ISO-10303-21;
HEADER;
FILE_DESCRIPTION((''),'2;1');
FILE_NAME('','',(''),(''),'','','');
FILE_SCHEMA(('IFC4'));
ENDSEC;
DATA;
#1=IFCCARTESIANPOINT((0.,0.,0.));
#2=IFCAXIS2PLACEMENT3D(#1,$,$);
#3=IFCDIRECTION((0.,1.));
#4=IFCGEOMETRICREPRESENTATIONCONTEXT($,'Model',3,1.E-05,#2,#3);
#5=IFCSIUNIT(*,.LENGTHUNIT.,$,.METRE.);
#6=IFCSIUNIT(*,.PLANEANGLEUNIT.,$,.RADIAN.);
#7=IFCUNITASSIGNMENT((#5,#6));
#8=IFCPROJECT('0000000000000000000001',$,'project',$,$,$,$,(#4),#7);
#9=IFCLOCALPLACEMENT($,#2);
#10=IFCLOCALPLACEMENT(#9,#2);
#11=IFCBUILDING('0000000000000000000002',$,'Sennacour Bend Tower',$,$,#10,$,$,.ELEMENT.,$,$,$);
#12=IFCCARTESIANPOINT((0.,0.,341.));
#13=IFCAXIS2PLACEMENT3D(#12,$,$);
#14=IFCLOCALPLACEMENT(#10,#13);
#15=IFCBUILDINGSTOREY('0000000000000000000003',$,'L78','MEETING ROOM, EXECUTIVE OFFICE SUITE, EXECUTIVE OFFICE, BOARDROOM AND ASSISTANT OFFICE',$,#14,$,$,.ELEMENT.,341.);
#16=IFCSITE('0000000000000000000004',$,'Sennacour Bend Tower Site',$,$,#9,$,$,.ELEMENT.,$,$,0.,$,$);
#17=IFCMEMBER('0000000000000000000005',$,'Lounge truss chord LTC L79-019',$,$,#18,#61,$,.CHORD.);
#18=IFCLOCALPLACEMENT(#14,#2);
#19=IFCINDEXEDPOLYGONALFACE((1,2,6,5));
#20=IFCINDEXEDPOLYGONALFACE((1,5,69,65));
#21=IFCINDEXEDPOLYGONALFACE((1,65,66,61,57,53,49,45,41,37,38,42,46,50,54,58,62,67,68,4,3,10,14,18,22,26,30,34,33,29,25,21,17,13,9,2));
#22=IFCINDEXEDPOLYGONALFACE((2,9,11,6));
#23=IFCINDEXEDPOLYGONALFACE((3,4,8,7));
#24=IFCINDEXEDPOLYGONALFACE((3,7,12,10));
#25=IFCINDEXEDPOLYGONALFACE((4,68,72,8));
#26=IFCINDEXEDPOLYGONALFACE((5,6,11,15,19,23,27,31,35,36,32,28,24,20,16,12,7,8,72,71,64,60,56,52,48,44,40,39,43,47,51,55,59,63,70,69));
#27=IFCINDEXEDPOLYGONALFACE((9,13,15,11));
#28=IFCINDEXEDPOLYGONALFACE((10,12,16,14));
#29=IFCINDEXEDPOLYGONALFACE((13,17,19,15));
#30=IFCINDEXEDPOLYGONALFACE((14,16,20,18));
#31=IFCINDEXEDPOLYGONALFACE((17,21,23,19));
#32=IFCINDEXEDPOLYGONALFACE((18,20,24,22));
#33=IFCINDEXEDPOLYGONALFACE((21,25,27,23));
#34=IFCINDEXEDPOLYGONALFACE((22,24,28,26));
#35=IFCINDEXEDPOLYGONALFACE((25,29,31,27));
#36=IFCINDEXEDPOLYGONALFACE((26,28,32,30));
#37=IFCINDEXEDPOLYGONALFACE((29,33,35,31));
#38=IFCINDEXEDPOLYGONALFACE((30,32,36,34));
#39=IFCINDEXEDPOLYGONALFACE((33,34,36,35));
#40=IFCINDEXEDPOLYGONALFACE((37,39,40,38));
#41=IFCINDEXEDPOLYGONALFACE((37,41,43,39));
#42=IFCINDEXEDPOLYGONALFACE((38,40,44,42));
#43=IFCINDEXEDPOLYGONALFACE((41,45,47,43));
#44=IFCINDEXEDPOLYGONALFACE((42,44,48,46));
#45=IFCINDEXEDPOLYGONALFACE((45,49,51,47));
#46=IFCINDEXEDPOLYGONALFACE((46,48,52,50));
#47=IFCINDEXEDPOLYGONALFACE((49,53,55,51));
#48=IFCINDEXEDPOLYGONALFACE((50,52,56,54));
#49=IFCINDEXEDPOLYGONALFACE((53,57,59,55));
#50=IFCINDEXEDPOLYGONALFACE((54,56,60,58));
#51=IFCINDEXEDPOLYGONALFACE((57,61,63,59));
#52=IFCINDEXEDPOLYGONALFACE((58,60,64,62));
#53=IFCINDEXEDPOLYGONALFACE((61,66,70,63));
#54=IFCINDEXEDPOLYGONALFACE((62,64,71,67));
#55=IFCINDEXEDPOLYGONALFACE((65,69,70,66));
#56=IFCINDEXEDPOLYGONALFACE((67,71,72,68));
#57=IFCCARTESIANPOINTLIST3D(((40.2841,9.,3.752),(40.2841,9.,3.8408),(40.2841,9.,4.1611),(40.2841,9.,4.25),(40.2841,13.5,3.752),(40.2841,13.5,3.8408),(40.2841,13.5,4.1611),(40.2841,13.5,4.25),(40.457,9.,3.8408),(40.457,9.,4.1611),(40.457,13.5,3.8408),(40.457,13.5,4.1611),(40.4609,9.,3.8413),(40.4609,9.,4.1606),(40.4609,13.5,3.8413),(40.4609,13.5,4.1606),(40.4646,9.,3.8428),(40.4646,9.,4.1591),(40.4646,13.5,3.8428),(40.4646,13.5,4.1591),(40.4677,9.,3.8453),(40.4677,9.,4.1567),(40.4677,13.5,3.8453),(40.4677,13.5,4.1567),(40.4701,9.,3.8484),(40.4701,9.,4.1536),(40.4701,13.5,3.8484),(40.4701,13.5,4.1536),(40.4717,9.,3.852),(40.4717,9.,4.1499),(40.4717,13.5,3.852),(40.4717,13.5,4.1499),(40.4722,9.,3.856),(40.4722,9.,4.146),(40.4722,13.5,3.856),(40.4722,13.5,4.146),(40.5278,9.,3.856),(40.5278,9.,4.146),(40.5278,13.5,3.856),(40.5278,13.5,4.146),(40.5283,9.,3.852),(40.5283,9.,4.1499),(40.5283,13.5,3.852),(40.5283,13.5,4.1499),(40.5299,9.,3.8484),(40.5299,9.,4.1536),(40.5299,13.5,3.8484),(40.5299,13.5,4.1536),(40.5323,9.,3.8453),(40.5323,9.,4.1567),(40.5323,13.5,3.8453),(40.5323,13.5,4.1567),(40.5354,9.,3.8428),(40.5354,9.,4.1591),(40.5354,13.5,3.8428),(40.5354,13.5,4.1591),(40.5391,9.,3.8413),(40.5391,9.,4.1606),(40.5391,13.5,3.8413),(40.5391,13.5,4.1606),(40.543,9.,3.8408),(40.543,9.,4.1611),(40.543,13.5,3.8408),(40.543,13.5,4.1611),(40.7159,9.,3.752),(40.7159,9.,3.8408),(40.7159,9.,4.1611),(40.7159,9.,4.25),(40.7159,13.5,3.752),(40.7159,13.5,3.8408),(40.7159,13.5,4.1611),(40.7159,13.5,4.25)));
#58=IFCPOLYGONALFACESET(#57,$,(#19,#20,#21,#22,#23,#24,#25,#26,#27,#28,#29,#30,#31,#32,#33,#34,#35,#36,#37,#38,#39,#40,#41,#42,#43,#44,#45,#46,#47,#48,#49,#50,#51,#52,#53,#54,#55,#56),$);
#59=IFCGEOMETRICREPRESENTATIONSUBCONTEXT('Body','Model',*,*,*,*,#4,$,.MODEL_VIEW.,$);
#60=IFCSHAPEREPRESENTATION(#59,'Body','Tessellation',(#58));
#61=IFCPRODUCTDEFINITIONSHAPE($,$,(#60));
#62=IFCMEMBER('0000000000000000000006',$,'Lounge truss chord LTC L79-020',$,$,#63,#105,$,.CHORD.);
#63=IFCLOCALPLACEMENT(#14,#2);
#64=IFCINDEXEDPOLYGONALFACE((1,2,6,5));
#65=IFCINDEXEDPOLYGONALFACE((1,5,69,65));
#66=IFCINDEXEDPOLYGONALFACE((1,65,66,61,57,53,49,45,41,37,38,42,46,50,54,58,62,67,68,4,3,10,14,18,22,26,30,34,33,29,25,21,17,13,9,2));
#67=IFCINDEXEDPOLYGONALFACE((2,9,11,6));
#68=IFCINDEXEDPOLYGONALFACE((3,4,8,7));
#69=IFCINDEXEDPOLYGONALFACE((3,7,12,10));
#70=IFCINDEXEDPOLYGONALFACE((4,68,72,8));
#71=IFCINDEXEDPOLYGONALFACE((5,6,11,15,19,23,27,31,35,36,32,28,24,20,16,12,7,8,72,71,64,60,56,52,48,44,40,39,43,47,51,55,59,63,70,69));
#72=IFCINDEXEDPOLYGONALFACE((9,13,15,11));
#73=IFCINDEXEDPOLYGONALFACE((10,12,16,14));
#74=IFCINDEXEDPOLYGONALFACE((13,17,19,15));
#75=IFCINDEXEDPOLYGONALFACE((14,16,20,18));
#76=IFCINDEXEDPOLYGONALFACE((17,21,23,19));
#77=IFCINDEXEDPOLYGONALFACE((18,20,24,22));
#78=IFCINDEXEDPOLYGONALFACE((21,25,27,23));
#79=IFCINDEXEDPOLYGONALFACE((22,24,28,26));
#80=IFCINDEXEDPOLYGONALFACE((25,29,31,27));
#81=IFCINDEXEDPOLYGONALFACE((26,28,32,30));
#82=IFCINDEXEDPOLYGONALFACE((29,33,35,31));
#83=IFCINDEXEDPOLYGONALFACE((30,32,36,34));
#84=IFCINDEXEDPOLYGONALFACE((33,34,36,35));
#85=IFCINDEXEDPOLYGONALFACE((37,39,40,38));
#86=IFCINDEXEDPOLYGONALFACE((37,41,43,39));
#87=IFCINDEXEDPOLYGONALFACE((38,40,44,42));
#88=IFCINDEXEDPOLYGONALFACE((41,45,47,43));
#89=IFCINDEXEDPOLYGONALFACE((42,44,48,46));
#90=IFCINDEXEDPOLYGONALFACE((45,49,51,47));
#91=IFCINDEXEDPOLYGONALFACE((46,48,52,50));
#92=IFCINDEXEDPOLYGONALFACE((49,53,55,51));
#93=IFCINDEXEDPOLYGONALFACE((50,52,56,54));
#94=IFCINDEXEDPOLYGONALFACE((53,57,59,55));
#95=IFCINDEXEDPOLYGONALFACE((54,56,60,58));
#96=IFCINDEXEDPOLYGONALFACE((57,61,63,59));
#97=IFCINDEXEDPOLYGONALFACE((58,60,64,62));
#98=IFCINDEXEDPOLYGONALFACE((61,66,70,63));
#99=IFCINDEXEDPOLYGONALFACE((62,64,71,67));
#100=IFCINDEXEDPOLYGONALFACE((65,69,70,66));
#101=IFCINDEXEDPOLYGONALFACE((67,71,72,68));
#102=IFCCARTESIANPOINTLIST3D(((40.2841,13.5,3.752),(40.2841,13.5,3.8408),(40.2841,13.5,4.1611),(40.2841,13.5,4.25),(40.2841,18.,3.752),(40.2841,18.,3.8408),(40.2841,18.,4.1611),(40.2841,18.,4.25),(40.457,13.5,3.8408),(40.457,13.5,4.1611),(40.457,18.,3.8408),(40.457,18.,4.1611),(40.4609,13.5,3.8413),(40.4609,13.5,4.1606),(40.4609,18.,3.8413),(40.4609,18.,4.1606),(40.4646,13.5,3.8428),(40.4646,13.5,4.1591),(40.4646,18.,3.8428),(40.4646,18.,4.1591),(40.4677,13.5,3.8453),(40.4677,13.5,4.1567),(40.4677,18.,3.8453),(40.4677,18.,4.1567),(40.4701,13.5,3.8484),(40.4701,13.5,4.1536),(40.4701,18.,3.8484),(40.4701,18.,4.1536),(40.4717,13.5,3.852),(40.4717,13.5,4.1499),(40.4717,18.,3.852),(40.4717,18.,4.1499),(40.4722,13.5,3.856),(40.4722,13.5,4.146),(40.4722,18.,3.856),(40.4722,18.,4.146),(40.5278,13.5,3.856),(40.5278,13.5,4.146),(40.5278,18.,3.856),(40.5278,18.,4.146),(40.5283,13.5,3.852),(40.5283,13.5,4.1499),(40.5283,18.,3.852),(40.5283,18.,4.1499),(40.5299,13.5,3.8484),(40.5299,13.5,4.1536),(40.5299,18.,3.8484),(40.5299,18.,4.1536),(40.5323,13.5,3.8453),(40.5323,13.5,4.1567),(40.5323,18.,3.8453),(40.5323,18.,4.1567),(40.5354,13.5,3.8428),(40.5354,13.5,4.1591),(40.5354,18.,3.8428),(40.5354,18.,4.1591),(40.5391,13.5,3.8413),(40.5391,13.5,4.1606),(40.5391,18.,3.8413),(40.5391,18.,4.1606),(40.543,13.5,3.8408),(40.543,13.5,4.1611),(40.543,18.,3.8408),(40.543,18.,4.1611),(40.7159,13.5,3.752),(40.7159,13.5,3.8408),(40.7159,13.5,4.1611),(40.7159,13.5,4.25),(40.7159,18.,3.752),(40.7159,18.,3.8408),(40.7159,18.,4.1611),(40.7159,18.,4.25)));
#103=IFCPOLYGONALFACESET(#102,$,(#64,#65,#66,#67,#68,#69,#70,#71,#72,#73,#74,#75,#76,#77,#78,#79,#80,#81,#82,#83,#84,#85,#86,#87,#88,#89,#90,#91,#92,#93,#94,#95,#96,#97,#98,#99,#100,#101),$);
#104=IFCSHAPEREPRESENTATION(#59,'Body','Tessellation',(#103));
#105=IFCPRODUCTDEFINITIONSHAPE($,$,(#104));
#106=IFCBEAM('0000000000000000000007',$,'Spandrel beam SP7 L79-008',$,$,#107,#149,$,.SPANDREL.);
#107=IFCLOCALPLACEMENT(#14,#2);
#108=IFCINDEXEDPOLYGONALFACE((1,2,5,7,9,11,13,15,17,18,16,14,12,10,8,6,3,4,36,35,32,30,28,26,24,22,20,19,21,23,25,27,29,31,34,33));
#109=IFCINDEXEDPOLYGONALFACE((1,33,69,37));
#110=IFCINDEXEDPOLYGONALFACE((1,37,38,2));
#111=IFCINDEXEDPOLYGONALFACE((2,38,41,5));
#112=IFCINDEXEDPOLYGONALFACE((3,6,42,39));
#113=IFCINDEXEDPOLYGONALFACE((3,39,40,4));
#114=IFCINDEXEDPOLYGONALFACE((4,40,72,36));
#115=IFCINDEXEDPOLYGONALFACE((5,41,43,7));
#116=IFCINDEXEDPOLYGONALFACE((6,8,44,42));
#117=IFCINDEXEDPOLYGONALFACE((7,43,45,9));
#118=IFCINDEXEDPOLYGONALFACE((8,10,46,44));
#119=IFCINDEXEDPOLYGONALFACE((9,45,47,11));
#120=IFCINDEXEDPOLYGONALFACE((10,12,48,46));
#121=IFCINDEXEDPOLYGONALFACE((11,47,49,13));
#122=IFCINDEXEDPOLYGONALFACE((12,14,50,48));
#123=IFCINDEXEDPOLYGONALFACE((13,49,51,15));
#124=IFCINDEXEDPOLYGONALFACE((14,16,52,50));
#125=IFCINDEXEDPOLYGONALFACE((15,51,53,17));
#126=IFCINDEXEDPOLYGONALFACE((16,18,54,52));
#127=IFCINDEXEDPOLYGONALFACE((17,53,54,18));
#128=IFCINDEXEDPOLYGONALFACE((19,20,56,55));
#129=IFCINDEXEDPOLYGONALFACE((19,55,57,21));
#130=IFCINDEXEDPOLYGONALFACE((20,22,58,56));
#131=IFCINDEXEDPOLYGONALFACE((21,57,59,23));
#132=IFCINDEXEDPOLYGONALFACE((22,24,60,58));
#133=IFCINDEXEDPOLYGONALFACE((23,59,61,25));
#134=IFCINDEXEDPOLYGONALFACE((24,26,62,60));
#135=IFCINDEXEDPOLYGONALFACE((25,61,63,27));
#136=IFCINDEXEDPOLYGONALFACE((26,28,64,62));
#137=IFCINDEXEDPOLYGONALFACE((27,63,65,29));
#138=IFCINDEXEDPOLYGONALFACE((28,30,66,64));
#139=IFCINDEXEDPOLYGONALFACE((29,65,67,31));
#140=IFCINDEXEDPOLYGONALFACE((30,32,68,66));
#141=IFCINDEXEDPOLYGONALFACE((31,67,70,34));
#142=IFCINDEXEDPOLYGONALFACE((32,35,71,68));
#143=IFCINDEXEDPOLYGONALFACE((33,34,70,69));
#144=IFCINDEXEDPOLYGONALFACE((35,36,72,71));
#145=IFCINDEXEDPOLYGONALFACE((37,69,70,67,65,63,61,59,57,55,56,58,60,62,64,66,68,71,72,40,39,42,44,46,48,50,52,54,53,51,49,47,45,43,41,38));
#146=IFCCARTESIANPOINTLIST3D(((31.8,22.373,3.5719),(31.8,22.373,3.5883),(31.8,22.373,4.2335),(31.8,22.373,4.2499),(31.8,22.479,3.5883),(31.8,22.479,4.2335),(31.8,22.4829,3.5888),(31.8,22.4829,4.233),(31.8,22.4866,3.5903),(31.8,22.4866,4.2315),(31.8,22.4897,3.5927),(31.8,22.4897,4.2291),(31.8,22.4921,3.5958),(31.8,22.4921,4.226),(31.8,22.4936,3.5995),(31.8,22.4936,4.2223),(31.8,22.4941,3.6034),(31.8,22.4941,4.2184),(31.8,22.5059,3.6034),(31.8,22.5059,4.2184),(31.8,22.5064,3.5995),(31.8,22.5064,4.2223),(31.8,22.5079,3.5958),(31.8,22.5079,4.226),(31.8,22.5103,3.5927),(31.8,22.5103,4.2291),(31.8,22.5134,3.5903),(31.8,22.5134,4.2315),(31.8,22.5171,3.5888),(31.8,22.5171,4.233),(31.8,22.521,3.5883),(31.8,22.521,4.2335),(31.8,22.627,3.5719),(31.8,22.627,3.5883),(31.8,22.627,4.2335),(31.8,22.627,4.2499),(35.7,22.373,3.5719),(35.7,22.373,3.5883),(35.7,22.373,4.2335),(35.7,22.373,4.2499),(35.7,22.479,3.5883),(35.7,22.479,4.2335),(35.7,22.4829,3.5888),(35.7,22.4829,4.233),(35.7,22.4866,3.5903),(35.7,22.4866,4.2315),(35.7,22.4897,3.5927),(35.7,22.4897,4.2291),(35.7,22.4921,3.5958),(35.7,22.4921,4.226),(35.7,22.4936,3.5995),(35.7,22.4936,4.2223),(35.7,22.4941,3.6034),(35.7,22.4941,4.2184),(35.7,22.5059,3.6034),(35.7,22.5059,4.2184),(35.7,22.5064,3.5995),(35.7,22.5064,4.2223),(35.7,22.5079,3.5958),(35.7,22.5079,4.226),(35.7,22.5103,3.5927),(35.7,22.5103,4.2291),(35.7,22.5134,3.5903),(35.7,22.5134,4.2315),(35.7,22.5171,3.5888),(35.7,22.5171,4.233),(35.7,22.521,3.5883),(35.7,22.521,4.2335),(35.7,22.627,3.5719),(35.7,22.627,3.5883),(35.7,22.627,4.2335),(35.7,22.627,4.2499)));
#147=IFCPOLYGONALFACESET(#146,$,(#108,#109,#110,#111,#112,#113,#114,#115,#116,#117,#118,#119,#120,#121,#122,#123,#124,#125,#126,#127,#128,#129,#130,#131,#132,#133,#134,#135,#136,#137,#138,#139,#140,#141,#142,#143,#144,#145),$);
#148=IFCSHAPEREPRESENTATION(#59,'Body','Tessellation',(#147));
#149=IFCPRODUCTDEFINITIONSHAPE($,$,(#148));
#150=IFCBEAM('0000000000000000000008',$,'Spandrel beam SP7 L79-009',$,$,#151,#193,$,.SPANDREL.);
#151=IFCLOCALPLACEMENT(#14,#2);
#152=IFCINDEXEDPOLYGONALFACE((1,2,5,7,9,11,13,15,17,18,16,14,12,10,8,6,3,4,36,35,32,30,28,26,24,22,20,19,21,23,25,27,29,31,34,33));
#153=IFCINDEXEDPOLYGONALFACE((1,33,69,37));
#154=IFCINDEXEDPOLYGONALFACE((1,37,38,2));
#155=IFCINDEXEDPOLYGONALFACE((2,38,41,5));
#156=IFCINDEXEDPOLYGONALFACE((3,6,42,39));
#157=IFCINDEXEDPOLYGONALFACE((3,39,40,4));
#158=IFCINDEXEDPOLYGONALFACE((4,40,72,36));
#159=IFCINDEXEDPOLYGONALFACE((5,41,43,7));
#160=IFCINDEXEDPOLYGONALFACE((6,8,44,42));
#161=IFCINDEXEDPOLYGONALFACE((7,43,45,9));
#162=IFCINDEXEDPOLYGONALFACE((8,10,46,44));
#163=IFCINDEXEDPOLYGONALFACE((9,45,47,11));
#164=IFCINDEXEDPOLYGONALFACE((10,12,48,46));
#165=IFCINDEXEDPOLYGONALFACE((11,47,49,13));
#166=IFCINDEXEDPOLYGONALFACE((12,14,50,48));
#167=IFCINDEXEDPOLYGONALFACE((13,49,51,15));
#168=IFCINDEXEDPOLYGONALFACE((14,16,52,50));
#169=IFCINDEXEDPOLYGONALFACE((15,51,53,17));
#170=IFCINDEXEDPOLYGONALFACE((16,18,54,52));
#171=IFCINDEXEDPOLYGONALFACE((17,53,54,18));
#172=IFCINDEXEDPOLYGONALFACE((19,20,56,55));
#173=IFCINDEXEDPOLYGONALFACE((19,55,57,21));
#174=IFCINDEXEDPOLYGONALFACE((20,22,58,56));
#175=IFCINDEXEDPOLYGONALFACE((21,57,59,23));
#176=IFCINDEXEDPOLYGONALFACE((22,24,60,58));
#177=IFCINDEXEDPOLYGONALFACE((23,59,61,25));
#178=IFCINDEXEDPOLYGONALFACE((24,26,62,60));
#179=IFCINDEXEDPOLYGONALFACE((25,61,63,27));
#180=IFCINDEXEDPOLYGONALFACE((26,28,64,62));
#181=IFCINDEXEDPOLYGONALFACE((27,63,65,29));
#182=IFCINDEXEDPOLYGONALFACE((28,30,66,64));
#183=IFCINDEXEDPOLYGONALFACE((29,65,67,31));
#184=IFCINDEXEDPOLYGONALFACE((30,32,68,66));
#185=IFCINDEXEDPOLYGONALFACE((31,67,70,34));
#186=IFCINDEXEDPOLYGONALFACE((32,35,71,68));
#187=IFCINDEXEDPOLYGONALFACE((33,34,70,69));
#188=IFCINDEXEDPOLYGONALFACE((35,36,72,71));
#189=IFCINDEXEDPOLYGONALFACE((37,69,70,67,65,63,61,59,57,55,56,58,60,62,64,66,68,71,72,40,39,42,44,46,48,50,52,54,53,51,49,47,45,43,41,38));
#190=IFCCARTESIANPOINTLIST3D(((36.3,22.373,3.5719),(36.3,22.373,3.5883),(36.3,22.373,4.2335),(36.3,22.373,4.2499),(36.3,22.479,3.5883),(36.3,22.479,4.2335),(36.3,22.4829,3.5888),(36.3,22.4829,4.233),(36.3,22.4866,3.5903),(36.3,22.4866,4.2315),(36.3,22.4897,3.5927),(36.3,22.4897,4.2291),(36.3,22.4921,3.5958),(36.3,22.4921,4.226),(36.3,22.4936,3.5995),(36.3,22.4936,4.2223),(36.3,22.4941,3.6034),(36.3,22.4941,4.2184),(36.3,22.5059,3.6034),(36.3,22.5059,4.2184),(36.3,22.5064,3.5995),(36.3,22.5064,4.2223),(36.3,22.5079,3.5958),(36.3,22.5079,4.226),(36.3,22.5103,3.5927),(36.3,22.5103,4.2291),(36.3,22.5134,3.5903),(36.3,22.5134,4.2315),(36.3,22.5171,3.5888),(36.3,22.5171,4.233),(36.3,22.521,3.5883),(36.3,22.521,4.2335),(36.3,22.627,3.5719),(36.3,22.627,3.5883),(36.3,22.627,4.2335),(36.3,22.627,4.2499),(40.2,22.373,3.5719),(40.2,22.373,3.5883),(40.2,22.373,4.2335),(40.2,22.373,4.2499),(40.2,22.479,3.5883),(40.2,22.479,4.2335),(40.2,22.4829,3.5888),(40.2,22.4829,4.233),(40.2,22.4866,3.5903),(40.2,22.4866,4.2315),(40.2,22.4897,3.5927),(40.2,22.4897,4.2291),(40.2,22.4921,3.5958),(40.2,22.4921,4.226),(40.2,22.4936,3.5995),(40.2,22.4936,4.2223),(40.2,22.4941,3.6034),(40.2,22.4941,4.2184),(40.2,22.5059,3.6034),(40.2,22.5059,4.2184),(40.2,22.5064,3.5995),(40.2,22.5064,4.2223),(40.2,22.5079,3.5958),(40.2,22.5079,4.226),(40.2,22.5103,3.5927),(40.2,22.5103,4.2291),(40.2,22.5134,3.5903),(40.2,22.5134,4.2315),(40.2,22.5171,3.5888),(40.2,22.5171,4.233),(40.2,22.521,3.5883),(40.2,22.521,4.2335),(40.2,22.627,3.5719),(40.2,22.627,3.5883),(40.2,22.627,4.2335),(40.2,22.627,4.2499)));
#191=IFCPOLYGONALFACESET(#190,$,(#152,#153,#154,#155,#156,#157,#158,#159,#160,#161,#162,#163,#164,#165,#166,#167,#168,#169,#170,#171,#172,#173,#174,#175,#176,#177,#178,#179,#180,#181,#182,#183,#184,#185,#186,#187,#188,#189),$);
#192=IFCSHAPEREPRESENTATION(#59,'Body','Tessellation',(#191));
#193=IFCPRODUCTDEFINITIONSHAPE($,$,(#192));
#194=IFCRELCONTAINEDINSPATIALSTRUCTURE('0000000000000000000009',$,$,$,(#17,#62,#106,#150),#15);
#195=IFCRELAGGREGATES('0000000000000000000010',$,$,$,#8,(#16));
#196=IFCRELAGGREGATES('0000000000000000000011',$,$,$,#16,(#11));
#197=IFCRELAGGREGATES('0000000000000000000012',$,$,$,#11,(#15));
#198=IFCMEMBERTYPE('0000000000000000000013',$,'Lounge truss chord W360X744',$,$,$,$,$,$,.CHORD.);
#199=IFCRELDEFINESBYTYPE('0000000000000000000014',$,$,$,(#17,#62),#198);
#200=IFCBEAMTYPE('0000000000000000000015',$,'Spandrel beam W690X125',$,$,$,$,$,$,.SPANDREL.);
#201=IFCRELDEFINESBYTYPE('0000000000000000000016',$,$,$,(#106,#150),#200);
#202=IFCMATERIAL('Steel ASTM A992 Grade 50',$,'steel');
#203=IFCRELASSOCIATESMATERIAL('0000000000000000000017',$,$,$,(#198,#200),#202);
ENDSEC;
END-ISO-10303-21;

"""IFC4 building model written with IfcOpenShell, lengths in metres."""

from ifc_helpers import new_model, si_unit, direction, frame, origin, origin_2d, place, context, subcontext, project, spatial, i_section, extrude, material, material_profile, profile_set, type_object, element, save


model = new_model("IFC4")

# Units and contexts
model_context = context("Model", 3, precision=1e-05, world=origin(), true_north=direction((0.0, 1.0)))
body_context = subcontext(model_context, "Body", "Model", "MODEL_VIEW")
ifc_project = project(units=[si_unit("LENGTHUNIT", "METRE"), si_unit("PLANEANGLEUNIT", "RADIAN")], contexts=[model_context])

# Site, building, storey
site_placement = place(None, origin())
site = spatial("IfcSite", under=ifc_project, at=site_placement, Name="Sennacour Bend Tower Site", CompositionType="ELEMENT", RefElevation=0.0)
building_placement = place(site_placement, origin())
building = spatial("IfcBuilding", under=site, at=building_placement, Name="Sennacour Bend Tower", CompositionType="ELEMENT")
storey_placement = place(building_placement, frame((0.0, 0.0, 341.0)))
storey = spatial("IfcBuildingStorey", under=building, at=storey_placement, Name="L78", Description="MEETING ROOM, EXECUTIVE OFFICE SUITE, EXECUTIVE OFFICE, BOARDROOM AND ASSISTANT OFFICE", CompositionType="ELEMENT", Elevation=341.0)

# Members
ifc_material_1 = material(Name="Steel ASTM A992 Grade 50", Category="steel")
ifc_material_profile_1 = material_profile(ifc_material_1, i_section(OverallWidth=0.4319, OverallDepth=0.498, WebThickness=0.0557, FlangeThickness=0.0889, FilletRadius=0.0151, at=origin_2d()), Name="Steel ASTM A992 Grade 50", Category="steel")
ifc_profile_set_1 = profile_set([ifc_material_profile_1], Name="Steel ASTM A992 Grade 50")
member_type_1 = type_object("IfcMemberType", Name="Lounge truss chord W360X744", PredefinedType="CHORD", material=ifc_profile_set_1)
for number, where, z_axis, x_axis, name in (
    (1, (40.5, 9.0, 4.001), (0.0, 1.0, 0.0), (-1.0, 0.0, 0.0), "Lounge truss chord LTC L79-019"),
    (2, (40.5, 13.5, 4.001), (0.0, 1.0, 0.0), (-1.0, 0.0, 0.0), "Lounge truss chord LTC L79-020"),
):
    element("IfcMember", number, at=place(storey_placement, frame(where, z_axis=z_axis, x_axis=x_axis)), inside=storey, type_object=member_type_1, Name=name, PredefinedType="CHORD", context=body_context, shape_type="SweptSolid", body=[
        extrude(i_section(OverallWidth=0.4319, OverallDepth=0.498, WebThickness=0.0557, FlangeThickness=0.0889, FilletRadius=0.0151, at=origin_2d()), origin(), (0.0, 0.0, 1.0), 4.5),
    ])

# Beams
ifc_material_profile_2 = material_profile(ifc_material_1, i_section(OverallWidth=0.2539, OverallDepth=0.678, WebThickness=0.0117, FlangeThickness=0.0164, FilletRadius=0.0151, at=origin_2d()), Name="Steel ASTM A992 Grade 50", Category="steel")
ifc_profile_set_2 = profile_set([ifc_material_profile_2], Name="Steel ASTM A992 Grade 50")
beam_type = type_object("IfcBeamType", Name="Spandrel beam W690X125", PredefinedType="SPANDREL", material=ifc_profile_set_2)
for number, where, z_axis, x_axis, name in (
    (3, (31.8, 22.5, 3.9109), (1.0, 0.0, 0.0), (0.0, 1.0, 0.0), "Spandrel beam SP7 L79-008"),
    (4, (36.3, 22.5, 3.9109), (1.0, 0.0, 0.0), (0.0, 1.0, 0.0), "Spandrel beam SP7 L79-009"),
):
    element("IfcBeam", number, at=place(storey_placement, frame(where, z_axis=z_axis, x_axis=x_axis)), inside=storey, type_object=beam_type, Name=name, PredefinedType="SPANDREL", context=body_context, shape_type="SweptSolid", body=[
        extrude(i_section(OverallWidth=0.2539, OverallDepth=0.678, WebThickness=0.0117, FlangeThickness=0.0164, FilletRadius=0.0151, at=origin_2d()), origin(), (0.0, 0.0, 1.0), 3.8999),
    ])

save(model, "model.ifc")
